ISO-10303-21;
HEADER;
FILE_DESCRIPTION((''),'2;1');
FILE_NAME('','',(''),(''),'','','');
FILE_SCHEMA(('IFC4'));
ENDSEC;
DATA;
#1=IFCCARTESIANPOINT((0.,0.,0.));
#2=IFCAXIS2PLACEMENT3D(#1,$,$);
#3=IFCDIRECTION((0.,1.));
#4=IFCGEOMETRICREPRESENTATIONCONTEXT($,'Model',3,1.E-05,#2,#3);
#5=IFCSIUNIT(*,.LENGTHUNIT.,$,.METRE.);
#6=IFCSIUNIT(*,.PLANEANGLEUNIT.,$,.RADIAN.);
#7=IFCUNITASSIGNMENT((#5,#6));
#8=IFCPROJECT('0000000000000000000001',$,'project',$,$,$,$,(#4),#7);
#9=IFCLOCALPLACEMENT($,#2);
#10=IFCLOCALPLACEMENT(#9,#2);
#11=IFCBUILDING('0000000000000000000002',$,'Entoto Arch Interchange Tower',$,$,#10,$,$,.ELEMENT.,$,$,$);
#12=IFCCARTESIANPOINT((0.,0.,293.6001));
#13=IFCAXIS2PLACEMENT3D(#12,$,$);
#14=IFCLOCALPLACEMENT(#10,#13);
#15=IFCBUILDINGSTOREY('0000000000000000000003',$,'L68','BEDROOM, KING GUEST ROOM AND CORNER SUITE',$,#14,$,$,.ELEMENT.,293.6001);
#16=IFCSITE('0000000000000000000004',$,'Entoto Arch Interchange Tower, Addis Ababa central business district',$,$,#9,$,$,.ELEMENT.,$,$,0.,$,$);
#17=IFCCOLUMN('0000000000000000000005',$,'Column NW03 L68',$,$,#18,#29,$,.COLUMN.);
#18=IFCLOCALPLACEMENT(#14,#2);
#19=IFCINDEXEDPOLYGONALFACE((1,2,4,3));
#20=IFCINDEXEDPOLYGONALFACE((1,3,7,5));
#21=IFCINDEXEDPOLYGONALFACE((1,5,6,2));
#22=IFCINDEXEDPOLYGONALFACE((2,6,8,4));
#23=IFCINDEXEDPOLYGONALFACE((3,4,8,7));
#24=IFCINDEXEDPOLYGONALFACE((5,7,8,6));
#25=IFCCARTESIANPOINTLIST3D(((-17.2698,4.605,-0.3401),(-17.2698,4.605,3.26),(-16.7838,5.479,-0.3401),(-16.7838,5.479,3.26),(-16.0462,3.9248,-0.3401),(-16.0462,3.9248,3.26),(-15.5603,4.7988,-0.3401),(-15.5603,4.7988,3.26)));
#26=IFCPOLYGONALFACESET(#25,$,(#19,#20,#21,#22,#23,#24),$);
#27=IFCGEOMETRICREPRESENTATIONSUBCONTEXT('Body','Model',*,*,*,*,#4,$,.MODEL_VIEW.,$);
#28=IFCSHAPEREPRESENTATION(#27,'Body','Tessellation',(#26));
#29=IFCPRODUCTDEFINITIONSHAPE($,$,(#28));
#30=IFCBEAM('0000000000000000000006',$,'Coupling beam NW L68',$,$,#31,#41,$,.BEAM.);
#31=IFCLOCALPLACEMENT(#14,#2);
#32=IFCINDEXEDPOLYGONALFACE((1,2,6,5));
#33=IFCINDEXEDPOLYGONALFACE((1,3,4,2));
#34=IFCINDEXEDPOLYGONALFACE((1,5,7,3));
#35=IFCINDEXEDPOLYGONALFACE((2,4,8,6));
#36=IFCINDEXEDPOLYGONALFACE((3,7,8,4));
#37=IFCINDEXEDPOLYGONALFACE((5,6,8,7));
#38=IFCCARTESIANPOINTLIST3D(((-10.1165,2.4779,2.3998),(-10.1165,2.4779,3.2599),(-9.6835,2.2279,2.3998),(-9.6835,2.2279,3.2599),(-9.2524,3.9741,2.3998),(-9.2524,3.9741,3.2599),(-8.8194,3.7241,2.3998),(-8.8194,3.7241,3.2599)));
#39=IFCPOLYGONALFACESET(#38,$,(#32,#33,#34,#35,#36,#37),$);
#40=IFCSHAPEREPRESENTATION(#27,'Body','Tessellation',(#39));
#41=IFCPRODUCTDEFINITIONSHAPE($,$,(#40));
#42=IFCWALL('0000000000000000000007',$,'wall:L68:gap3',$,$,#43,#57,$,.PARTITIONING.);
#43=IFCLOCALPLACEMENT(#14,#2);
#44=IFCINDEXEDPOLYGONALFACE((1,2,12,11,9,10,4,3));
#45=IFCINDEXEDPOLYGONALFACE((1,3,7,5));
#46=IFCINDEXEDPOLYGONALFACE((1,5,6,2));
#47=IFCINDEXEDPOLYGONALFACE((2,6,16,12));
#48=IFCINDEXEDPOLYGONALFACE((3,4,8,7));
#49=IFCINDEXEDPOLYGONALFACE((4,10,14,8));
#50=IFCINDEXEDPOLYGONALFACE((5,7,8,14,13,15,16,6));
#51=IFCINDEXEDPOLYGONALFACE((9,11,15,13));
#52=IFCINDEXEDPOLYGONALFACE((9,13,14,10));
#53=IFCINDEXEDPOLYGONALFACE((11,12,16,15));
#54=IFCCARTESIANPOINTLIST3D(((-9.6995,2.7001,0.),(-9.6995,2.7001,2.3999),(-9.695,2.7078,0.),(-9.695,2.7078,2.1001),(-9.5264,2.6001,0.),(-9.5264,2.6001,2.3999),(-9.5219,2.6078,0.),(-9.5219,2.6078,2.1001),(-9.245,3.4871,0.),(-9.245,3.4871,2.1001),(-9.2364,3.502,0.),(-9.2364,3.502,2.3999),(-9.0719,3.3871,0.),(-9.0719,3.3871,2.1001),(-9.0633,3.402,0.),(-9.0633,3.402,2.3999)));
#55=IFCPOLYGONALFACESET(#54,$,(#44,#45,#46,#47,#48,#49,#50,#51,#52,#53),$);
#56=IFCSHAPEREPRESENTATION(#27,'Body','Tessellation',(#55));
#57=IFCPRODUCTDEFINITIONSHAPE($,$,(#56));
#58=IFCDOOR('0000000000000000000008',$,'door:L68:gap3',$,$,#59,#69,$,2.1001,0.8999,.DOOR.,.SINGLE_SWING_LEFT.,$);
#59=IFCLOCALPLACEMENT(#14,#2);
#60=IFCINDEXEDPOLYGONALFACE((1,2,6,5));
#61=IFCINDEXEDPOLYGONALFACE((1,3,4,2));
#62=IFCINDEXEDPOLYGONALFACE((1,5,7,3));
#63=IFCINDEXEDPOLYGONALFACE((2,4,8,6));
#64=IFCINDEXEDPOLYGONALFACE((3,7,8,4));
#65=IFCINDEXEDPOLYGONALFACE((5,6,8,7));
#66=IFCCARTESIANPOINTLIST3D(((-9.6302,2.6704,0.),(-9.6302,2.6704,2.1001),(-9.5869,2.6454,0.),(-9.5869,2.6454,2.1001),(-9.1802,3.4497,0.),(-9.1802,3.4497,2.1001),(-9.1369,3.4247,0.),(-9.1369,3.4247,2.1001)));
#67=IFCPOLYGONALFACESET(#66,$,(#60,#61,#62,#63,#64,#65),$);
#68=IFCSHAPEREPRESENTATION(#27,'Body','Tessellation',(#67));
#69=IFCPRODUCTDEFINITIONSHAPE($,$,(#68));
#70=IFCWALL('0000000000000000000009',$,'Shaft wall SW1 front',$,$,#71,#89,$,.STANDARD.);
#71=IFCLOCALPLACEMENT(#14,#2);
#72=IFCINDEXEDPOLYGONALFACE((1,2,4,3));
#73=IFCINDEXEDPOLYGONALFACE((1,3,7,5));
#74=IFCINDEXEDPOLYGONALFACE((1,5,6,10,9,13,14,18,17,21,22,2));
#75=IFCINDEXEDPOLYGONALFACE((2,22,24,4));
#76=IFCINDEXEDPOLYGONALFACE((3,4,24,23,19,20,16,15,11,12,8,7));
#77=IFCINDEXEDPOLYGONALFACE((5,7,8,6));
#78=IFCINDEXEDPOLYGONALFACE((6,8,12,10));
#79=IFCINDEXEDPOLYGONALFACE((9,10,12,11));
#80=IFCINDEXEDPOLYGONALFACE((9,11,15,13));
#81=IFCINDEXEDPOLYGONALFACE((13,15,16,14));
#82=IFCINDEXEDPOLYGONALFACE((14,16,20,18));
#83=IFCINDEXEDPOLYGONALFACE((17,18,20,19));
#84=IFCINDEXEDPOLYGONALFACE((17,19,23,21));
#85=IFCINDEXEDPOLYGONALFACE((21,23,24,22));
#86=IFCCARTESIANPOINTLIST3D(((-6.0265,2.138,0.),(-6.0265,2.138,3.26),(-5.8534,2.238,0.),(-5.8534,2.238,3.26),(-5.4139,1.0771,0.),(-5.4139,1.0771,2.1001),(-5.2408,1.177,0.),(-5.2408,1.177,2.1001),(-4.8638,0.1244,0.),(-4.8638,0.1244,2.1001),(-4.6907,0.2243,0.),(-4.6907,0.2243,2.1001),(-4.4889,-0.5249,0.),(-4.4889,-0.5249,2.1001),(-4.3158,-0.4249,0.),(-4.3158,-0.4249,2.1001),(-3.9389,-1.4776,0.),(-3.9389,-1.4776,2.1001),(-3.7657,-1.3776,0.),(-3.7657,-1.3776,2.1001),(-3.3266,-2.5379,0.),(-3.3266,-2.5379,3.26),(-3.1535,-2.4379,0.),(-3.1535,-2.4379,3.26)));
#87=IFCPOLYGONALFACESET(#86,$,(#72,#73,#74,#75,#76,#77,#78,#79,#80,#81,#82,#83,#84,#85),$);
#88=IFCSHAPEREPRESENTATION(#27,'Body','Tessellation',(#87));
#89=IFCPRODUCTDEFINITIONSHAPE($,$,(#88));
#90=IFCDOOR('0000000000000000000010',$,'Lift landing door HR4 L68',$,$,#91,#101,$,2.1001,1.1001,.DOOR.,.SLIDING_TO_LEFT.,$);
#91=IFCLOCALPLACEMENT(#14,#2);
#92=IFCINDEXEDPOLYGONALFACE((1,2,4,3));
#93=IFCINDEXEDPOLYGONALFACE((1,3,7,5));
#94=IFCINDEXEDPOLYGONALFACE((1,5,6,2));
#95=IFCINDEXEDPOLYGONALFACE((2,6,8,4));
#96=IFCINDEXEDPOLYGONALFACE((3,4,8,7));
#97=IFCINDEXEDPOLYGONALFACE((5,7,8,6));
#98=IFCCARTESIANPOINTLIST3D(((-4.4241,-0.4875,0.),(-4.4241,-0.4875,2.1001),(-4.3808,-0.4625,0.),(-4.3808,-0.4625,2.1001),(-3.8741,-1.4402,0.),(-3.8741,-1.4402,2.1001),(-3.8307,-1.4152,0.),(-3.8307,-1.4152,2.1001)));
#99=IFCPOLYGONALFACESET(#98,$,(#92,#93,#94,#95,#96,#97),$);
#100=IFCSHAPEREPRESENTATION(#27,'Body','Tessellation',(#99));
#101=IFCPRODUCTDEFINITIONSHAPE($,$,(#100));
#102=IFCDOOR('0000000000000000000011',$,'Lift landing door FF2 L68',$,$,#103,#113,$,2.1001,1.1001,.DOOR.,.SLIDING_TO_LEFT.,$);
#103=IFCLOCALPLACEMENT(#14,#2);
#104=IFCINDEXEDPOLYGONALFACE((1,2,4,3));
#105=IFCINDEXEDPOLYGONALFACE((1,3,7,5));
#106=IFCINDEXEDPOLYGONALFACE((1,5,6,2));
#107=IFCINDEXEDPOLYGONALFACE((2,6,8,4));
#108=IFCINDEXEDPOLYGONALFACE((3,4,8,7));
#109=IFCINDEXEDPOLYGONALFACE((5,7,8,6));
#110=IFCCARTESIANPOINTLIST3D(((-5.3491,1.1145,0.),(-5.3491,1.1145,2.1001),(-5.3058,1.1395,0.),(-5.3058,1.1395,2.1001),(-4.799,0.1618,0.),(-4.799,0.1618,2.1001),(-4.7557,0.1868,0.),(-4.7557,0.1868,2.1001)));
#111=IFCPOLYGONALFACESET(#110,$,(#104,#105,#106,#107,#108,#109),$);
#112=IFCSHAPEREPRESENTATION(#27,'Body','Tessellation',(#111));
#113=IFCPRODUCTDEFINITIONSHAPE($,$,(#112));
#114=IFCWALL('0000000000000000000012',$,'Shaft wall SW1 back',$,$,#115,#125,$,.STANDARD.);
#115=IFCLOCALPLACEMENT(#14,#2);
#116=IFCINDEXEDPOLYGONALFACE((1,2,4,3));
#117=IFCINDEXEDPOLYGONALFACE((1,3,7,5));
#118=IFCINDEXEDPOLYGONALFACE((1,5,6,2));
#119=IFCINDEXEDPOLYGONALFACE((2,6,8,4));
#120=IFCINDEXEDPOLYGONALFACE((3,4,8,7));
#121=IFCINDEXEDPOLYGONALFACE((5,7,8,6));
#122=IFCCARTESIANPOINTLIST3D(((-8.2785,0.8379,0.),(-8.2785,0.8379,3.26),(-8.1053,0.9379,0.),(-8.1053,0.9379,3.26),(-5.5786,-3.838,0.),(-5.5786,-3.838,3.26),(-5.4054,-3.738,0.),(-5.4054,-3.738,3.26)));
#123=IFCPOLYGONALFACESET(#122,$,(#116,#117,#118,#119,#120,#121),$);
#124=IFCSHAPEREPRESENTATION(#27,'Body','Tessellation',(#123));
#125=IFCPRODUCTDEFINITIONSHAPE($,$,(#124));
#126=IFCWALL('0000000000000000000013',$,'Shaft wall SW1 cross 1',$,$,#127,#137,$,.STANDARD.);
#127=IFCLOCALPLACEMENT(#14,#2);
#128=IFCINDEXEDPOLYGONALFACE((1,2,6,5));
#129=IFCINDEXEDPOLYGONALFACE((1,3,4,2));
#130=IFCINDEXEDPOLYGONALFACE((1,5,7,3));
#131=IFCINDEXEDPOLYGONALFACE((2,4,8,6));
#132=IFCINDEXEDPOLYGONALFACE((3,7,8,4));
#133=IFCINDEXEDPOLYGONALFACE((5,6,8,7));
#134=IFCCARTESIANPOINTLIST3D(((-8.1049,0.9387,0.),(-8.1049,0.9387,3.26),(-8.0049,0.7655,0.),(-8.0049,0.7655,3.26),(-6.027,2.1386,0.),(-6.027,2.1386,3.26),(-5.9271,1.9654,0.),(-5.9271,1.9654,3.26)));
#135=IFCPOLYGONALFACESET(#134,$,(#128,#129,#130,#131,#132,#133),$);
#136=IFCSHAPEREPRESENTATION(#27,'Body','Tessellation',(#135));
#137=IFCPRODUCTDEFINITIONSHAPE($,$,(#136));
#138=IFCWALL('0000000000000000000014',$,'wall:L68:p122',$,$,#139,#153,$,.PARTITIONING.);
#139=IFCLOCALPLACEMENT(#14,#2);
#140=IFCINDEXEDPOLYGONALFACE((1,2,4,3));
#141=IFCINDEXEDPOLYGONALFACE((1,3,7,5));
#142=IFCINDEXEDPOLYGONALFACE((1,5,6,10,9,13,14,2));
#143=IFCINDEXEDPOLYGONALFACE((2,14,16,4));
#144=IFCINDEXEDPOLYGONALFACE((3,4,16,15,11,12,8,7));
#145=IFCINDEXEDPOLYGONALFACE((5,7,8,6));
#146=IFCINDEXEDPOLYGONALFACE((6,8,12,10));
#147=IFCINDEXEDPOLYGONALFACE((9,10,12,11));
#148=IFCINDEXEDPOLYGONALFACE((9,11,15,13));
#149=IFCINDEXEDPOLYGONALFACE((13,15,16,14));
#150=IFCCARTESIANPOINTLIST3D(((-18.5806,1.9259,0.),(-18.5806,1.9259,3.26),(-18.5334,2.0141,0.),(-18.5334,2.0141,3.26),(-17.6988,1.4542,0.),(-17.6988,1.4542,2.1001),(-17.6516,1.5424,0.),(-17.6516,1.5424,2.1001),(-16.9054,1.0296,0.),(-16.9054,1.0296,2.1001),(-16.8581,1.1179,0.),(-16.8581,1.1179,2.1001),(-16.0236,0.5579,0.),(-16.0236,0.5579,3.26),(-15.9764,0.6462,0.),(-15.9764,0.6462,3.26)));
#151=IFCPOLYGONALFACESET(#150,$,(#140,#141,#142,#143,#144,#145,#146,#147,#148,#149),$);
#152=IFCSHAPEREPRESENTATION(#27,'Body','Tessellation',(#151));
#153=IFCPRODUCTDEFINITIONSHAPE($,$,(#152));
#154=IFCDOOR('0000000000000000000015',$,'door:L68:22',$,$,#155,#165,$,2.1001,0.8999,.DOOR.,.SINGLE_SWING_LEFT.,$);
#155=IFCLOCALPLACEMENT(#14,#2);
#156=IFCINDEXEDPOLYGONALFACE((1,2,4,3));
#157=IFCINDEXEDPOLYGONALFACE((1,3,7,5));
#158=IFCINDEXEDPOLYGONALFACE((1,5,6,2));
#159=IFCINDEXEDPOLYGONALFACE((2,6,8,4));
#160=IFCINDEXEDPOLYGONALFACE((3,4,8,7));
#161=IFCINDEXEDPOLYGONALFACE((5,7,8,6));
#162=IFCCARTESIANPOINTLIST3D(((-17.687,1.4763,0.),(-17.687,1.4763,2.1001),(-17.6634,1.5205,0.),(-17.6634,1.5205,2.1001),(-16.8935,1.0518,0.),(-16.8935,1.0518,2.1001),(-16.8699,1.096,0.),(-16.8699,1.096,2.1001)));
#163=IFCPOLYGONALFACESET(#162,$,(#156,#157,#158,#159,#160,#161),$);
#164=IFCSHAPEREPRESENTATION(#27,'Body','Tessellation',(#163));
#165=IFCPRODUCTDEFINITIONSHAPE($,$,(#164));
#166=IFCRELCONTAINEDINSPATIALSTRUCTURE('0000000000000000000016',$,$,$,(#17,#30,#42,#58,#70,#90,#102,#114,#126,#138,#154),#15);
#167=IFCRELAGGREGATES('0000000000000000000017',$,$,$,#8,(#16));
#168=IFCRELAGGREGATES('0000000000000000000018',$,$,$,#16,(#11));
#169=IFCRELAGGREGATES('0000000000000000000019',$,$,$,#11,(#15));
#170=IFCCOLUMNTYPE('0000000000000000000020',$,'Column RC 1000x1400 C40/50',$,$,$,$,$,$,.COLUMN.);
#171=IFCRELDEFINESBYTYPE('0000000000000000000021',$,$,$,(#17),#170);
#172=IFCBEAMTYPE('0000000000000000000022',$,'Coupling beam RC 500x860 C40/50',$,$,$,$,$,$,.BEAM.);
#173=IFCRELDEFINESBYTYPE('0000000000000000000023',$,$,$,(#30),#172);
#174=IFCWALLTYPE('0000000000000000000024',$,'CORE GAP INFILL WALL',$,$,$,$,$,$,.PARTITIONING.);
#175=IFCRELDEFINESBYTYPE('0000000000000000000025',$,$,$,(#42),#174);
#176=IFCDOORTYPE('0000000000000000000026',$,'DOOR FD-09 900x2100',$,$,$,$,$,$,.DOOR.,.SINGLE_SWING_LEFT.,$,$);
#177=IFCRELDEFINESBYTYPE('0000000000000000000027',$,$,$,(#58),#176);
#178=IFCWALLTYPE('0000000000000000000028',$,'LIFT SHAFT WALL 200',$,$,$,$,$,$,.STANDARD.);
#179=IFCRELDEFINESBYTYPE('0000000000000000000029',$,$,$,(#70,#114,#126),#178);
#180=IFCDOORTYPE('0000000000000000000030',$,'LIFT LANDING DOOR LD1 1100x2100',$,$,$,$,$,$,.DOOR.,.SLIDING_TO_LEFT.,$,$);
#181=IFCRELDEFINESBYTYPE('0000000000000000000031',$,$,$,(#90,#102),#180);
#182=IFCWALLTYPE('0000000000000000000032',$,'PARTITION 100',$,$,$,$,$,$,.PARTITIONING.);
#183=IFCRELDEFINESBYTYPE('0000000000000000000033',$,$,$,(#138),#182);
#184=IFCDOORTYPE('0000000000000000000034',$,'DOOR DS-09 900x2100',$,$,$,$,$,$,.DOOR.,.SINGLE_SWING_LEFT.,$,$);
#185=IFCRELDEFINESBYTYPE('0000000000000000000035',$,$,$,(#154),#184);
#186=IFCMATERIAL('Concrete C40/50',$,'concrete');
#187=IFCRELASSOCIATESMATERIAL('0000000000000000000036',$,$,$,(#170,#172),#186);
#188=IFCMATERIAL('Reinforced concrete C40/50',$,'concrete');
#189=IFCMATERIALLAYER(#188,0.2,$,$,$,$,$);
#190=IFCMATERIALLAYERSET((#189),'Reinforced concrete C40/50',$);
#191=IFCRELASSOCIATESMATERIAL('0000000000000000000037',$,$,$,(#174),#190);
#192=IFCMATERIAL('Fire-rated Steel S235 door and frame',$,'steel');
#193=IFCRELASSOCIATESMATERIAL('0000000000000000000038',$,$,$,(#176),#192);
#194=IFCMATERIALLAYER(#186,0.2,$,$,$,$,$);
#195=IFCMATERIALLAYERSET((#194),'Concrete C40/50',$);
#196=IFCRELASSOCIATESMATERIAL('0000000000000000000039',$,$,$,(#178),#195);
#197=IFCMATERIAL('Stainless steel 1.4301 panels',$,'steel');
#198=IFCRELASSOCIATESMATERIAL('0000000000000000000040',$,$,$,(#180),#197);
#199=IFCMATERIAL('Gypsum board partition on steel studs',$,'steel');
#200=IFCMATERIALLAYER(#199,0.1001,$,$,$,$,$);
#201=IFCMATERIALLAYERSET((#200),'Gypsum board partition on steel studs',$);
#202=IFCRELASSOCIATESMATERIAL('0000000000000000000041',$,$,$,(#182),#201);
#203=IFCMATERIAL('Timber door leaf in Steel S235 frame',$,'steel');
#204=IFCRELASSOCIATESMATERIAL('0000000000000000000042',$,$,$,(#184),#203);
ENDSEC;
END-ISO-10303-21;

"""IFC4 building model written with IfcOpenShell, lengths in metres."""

from ifc_helpers import new_model, si_unit, direction, frame, frame_2d, origin, origin_2d, place, context, subcontext, project, spatial, rectangle, extrude, material, layer, layer_set, material_profile, profile_set, type_object, element, fill, save


model = new_model("IFC4")

# Units and contexts
model_context = context("Model", 3, precision=1e-05, world=origin(), true_north=direction((0.0, 1.0)))
body_context = subcontext(model_context, "Body", "Model", "MODEL_VIEW")
ifc_project = project(units=[si_unit("LENGTHUNIT", "METRE"), si_unit("PLANEANGLEUNIT", "RADIAN")], contexts=[model_context])

# Site, building, storey
site_placement = place(None, origin())
site = spatial("IfcSite", under=ifc_project, at=site_placement, Name="Entoto Arch Interchange Tower, Addis Ababa central business district", CompositionType="ELEMENT", RefElevation=0.0)
building_placement = place(site_placement, origin())
building = spatial("IfcBuilding", under=site, at=building_placement, Name="Entoto Arch Interchange Tower", CompositionType="ELEMENT")
storey_placement = place(building_placement, frame((0.0, 0.0, 293.6001)))
storey = spatial("IfcBuildingStorey", under=building, at=storey_placement, Name="L68", Description="BEDROOM, KING GUEST ROOM AND CORNER SUITE", CompositionType="ELEMENT", Elevation=293.6001)

# Column
ifc_material_1 = material(Name="Concrete C40/50", Category="concrete")
ifc_material_profile_1 = material_profile(ifc_material_1, rectangle(XDim=1.0, YDim=1.3999, at=origin_2d()))
ifc_profile_set_1 = profile_set([ifc_material_profile_1], Name="Concrete C40/50")
column_type = type_object("IfcColumnType", Name="Column RC 1000x1400 C40/50", PredefinedType="COLUMN", material=ifc_profile_set_1)
column_placement = place(storey_placement, frame((-16.415, 4.7019, -0.3401), z_axis=(0.0, 0.0, 1.0), x_axis=(0.485924, 0.874001, 0.0)))
element("IfcColumn", 1, at=column_placement, inside=storey, type_object=column_type, Name="Column NW03 L68", PredefinedType="COLUMN", context=body_context, shape_type="SweptSolid", body=[
    extrude(rectangle(XDim=1.0, YDim=1.3999, at=origin_2d()), origin(), (0.0, 0.0, 1.0), 3.6001),
])

# Beam
ifc_material_profile_2 = material_profile(ifc_material_1, rectangle(XDim=0.5, YDim=0.8601, at=origin_2d()))
ifc_profile_set_2 = profile_set([ifc_material_profile_2], Name="Concrete C40/50")
beam_type = type_object("IfcBeamType", Name="Coupling beam RC 500x860 C40/50", PredefinedType="BEAM", material=ifc_profile_set_2)
beam_placement = place(storey_placement, frame((-9.0359, 3.8491, 2.8298), z_axis=(-0.500106, -0.865964, 0.0), x_axis=(0.865964, -0.500106, 0.0)))
element("IfcBeam", 2, at=beam_placement, inside=storey, type_object=beam_type, Name="Coupling beam NW L68", PredefinedType="BEAM", context=body_context, shape_type="SweptSolid", body=[
    extrude(rectangle(XDim=0.5, YDim=0.8601, at=origin_2d()), origin(), (0.0, 0.0, 1.0), 1.7278),
])

# Wall, opening, door
ifc_material_2 = material(Name="Reinforced concrete C40/50", Category="concrete")
ifc_layer_1 = layer(ifc_material_2, 0.2)
ifc_layer_set_1 = layer_set([ifc_layer_1], Name="Reinforced concrete C40/50")
wall_type_1 = type_object("IfcWallType", Name="CORE GAP INFILL WALL", PredefinedType="PARTITIONING", material=ifc_layer_set_1)
wall_1_placement = place(storey_placement, frame((-9.1499, 3.4519, 0.0), z_axis=(0.0, 0.0, 1.0), x_axis=(-0.50008, -0.865979, 0.0)))
wall_1 = element("IfcWall", 3, at=wall_1_placement, inside=storey, type_object=wall_type_1, Name="wall:L68:gap3", PredefinedType="PARTITIONING", context=body_context, shape_type="SweptSolid", body=[
    extrude(rectangle(XDim=0.926, YDim=0.2, at=frame_2d((0.4629, 0.0))), origin(), (0.0, 0.0, 1.0), 2.3999),
])
opening_1_placement = place(wall_1_placement, frame((0.0171, 0.0, 0.0)))
opening_1 = element("IfcOpeningElement", 4, at=opening_1_placement, cuts=wall_1, PredefinedType="OPENING", context=body_context, shape_type="SweptSolid", body=[
    extrude(rectangle(XDim=0.8999, YDim=2.1001, at=frame_2d((0.45, 1.05))), frame((0.0, 0.1099, 0.0), z_axis=(0.0, -1.0, 0.0), x_axis=(1.0, 0.0, 0.0)), (0.0, 0.0, 1.0), 0.22),
])
ifc_material_3 = material(Name="Fire-rated Steel S235 door and frame", Category="steel")
door_type_1 = type_object("IfcDoorType", Name="DOOR FD-09 900x2100", OperationType="SINGLE_SWING_LEFT", PredefinedType="DOOR", material=ifc_material_3)
door_1_placement = place(opening_1_placement, origin())
door_1 = element("IfcDoor", 5, at=door_1_placement, inside=storey, type_object=door_type_1, Name="door:L68:gap3", OperationType="SINGLE_SWING_LEFT", OverallHeight=2.1001, OverallWidth=0.8999, PredefinedType="DOOR", context=body_context, shape_type="SweptSolid", body=[
    extrude(rectangle(XDim=0.8999, YDim=2.1001, at=frame_2d((0.45, 1.05))), frame((0.0, 0.0249, 0.0), z_axis=(0.0, -1.0, 0.0), x_axis=(1.0, 0.0, 0.0)), (0.0, 0.0, 1.0), 0.05),
])
fill(opening_1, door_1)

# Wall, openings, doors
ifc_layer_2 = layer(ifc_material_1, 0.2)
ifc_layer_set_2 = layer_set([ifc_layer_2], Name="Concrete C40/50")
wall_type_2 = type_object("IfcWallType", Name="LIFT SHAFT WALL 200", PredefinedType="STANDARD", material=ifc_layer_set_2)
wall_2_placement = place(storey_placement, frame((-5.9399, 2.188, 0.0), z_axis=(0.0, 0.0, 1.0), x_axis=(0.500034, -0.866006, 0.0)))
wall_2 = element("IfcWall", 6, at=wall_2_placement, inside=storey, type_object=wall_type_2, Name="Shaft wall SW1 front", PredefinedType="STANDARD", context=body_context, shape_type="SweptSolid", body=[
    extrude(rectangle(XDim=5.3994, YDim=0.2, at=frame_2d((2.6997, 0.0))), origin(), (0.0, 0.0, 1.0), 3.26),
])
opening_2_placement = place(wall_2_placement, frame((3.075, 0.0, 0.0)))
opening_2 = element("IfcOpeningElement", 7, at=opening_2_placement, cuts=wall_2, PredefinedType="OPENING", context=body_context, shape_type="SweptSolid", body=[
    extrude(rectangle(XDim=1.1001, YDim=2.1001, at=frame_2d((0.55, 1.05))), frame((0.0, 0.1099, 0.0), z_axis=(0.0, -1.0, 0.0), x_axis=(1.0, 0.0, 0.0)), (0.0, 0.0, 1.0), 0.22),
])
opening_3_placement = place(wall_2_placement, frame((1.2251, 0.0, 0.0)))
opening_3 = element("IfcOpeningElement", 8, at=opening_3_placement, cuts=wall_2, PredefinedType="OPENING", context=body_context, shape_type="SweptSolid", body=[
    extrude(rectangle(XDim=1.1001, YDim=2.1001, at=frame_2d((0.55, 1.05))), frame((0.0, 0.1099, 0.0), z_axis=(0.0, -1.0, 0.0), x_axis=(1.0, 0.0, 0.0)), (0.0, 0.0, 1.0), 0.22),
])
ifc_material_4 = material(Name="Stainless steel 1.4301 panels", Category="steel")
door_type_2 = type_object("IfcDoorType", Name="LIFT LANDING DOOR LD1 1100x2100", OperationType="SLIDING_TO_LEFT", PredefinedType="DOOR", material=ifc_material_4)
door_2_placement = place(opening_2_placement, origin())
door_2 = element("IfcDoor", 9, at=door_2_placement, inside=storey, type_object=door_type_2, Name="Lift landing door HR4 L68", OperationType="SLIDING_TO_LEFT", OverallHeight=2.1001, OverallWidth=1.1001, PredefinedType="DOOR", context=body_context, shape_type="SweptSolid", body=[
    extrude(rectangle(XDim=1.1001, YDim=2.1001, at=frame_2d((0.55, 1.05))), frame((0.0, 0.0249, 0.0), z_axis=(0.0, -1.0, 0.0), x_axis=(1.0, 0.0, 0.0)), (0.0, 0.0, 1.0), 0.05),
])
fill(opening_2, door_2)
door_3_placement = place(opening_3_placement, origin())
door_3 = element("IfcDoor", 10, at=door_3_placement, inside=storey, type_object=door_type_2, Name="Lift landing door FF2 L68", OperationType="SLIDING_TO_LEFT", OverallHeight=2.1001, OverallWidth=1.1001, PredefinedType="DOOR", context=body_context, shape_type="SweptSolid", body=[
    extrude(rectangle(XDim=1.1001, YDim=2.1001, at=frame_2d((0.55, 1.05))), frame((0.0, 0.0249, 0.0), z_axis=(0.0, -1.0, 0.0), x_axis=(1.0, 0.0, 0.0)), (0.0, 0.0, 1.0), 0.05),
])
fill(opening_3, door_3)

# Walls
wall_3_placement = place(storey_placement, frame((-8.1919, 0.8879, 0.0), z_axis=(0.0, 0.0, 1.0), x_axis=(0.500034, -0.866006, 0.0)))
element("IfcWall", 11, at=wall_3_placement, inside=storey, type_object=wall_type_2, Name="Shaft wall SW1 back", PredefinedType="STANDARD", context=body_context, shape_type="SweptSolid", body=[
    extrude(rectangle(XDim=5.3994, YDim=0.2, at=frame_2d((2.6997, 0.0))), origin(), (0.0, 0.0, 1.0), 3.26),
])
wall_4_placement = place(storey_placement, frame((-5.9771, 2.052, 0.0), z_axis=(0.0, 0.0, 1.0), x_axis=(-0.865974, -0.500089, 0.0)))
element("IfcWall", 12, at=wall_4_placement, inside=storey, type_object=wall_type_2, Name="Shaft wall SW1 cross 1", PredefinedType="STANDARD", context=body_context, shape_type="SweptSolid", body=[
    extrude(rectangle(XDim=2.3994, YDim=0.2, at=frame_2d((1.1997, 0.0))), origin(), (0.0, 0.0, 1.0), 3.26),
])

# Wall, opening, door
ifc_material_5 = material(Name="Gypsum board partition on steel studs", Category="steel")
ifc_layer_3 = layer(ifc_material_5, 0.1001)
ifc_layer_set_3 = layer_set([ifc_layer_3], Name="Gypsum board partition on steel studs")
wall_type_3 = type_object("IfcWallType", Name="PARTITION 100", PredefinedType="PARTITIONING", material=ifc_layer_set_3)
wall_5_placement = place(storey_placement, frame((-16.0, 0.6021, 0.0), z_axis=(0.0, 0.0, 1.0), x_axis=(-0.881744, 0.471728, 0.0)))
wall_5 = element("IfcWall", 13, at=wall_5_placement, inside=storey, type_object=wall_type_3, Name="wall:L68:p122", PredefinedType="PARTITIONING", context=body_context, shape_type="SweptSolid", body=[
    extrude(rectangle(XDim=2.8999, YDim=0.1001, at=frame_2d((1.45, 0.0))), origin(), (0.0, 0.0, 1.0), 3.26),
])
opening_4_placement = place(wall_5_placement, frame((1.0, 0.0, 0.0)))
opening_4 = element("IfcOpeningElement", 14, at=opening_4_placement, cuts=wall_5, PredefinedType="OPENING", context=body_context, shape_type="SweptSolid", body=[
    extrude(rectangle(XDim=0.8999, YDim=2.1001, at=frame_2d((0.45, 1.05))), frame((0.0, 0.0601, 0.0), z_axis=(0.0, -1.0, 0.0), x_axis=(1.0, 0.0, 0.0)), (0.0, 0.0, 1.0), 0.1201),
])
ifc_material_6 = material(Name="Timber door leaf in Steel S235 frame", Category="steel")
door_type_3 = type_object("IfcDoorType", Name="DOOR DS-09 900x2100", OperationType="SINGLE_SWING_LEFT", PredefinedType="DOOR", material=ifc_material_6)
door_4_placement = place(opening_4_placement, origin())
door_4 = element("IfcDoor", 15, at=door_4_placement, inside=storey, type_object=door_type_3, Name="door:L68:22", OperationType="SINGLE_SWING_LEFT", OverallHeight=2.1001, OverallWidth=0.8999, PredefinedType="DOOR", context=body_context, shape_type="SweptSolid", body=[
    extrude(rectangle(XDim=0.8999, YDim=2.1001, at=frame_2d((0.45, 1.05))), frame((0.0, 0.0249, 0.0), z_axis=(0.0, -1.0, 0.0), x_axis=(1.0, 0.0, 0.0)), (0.0, 0.0, 1.0), 0.05),
])
fill(opening_4, door_4)

save(model, "model.ifc")
